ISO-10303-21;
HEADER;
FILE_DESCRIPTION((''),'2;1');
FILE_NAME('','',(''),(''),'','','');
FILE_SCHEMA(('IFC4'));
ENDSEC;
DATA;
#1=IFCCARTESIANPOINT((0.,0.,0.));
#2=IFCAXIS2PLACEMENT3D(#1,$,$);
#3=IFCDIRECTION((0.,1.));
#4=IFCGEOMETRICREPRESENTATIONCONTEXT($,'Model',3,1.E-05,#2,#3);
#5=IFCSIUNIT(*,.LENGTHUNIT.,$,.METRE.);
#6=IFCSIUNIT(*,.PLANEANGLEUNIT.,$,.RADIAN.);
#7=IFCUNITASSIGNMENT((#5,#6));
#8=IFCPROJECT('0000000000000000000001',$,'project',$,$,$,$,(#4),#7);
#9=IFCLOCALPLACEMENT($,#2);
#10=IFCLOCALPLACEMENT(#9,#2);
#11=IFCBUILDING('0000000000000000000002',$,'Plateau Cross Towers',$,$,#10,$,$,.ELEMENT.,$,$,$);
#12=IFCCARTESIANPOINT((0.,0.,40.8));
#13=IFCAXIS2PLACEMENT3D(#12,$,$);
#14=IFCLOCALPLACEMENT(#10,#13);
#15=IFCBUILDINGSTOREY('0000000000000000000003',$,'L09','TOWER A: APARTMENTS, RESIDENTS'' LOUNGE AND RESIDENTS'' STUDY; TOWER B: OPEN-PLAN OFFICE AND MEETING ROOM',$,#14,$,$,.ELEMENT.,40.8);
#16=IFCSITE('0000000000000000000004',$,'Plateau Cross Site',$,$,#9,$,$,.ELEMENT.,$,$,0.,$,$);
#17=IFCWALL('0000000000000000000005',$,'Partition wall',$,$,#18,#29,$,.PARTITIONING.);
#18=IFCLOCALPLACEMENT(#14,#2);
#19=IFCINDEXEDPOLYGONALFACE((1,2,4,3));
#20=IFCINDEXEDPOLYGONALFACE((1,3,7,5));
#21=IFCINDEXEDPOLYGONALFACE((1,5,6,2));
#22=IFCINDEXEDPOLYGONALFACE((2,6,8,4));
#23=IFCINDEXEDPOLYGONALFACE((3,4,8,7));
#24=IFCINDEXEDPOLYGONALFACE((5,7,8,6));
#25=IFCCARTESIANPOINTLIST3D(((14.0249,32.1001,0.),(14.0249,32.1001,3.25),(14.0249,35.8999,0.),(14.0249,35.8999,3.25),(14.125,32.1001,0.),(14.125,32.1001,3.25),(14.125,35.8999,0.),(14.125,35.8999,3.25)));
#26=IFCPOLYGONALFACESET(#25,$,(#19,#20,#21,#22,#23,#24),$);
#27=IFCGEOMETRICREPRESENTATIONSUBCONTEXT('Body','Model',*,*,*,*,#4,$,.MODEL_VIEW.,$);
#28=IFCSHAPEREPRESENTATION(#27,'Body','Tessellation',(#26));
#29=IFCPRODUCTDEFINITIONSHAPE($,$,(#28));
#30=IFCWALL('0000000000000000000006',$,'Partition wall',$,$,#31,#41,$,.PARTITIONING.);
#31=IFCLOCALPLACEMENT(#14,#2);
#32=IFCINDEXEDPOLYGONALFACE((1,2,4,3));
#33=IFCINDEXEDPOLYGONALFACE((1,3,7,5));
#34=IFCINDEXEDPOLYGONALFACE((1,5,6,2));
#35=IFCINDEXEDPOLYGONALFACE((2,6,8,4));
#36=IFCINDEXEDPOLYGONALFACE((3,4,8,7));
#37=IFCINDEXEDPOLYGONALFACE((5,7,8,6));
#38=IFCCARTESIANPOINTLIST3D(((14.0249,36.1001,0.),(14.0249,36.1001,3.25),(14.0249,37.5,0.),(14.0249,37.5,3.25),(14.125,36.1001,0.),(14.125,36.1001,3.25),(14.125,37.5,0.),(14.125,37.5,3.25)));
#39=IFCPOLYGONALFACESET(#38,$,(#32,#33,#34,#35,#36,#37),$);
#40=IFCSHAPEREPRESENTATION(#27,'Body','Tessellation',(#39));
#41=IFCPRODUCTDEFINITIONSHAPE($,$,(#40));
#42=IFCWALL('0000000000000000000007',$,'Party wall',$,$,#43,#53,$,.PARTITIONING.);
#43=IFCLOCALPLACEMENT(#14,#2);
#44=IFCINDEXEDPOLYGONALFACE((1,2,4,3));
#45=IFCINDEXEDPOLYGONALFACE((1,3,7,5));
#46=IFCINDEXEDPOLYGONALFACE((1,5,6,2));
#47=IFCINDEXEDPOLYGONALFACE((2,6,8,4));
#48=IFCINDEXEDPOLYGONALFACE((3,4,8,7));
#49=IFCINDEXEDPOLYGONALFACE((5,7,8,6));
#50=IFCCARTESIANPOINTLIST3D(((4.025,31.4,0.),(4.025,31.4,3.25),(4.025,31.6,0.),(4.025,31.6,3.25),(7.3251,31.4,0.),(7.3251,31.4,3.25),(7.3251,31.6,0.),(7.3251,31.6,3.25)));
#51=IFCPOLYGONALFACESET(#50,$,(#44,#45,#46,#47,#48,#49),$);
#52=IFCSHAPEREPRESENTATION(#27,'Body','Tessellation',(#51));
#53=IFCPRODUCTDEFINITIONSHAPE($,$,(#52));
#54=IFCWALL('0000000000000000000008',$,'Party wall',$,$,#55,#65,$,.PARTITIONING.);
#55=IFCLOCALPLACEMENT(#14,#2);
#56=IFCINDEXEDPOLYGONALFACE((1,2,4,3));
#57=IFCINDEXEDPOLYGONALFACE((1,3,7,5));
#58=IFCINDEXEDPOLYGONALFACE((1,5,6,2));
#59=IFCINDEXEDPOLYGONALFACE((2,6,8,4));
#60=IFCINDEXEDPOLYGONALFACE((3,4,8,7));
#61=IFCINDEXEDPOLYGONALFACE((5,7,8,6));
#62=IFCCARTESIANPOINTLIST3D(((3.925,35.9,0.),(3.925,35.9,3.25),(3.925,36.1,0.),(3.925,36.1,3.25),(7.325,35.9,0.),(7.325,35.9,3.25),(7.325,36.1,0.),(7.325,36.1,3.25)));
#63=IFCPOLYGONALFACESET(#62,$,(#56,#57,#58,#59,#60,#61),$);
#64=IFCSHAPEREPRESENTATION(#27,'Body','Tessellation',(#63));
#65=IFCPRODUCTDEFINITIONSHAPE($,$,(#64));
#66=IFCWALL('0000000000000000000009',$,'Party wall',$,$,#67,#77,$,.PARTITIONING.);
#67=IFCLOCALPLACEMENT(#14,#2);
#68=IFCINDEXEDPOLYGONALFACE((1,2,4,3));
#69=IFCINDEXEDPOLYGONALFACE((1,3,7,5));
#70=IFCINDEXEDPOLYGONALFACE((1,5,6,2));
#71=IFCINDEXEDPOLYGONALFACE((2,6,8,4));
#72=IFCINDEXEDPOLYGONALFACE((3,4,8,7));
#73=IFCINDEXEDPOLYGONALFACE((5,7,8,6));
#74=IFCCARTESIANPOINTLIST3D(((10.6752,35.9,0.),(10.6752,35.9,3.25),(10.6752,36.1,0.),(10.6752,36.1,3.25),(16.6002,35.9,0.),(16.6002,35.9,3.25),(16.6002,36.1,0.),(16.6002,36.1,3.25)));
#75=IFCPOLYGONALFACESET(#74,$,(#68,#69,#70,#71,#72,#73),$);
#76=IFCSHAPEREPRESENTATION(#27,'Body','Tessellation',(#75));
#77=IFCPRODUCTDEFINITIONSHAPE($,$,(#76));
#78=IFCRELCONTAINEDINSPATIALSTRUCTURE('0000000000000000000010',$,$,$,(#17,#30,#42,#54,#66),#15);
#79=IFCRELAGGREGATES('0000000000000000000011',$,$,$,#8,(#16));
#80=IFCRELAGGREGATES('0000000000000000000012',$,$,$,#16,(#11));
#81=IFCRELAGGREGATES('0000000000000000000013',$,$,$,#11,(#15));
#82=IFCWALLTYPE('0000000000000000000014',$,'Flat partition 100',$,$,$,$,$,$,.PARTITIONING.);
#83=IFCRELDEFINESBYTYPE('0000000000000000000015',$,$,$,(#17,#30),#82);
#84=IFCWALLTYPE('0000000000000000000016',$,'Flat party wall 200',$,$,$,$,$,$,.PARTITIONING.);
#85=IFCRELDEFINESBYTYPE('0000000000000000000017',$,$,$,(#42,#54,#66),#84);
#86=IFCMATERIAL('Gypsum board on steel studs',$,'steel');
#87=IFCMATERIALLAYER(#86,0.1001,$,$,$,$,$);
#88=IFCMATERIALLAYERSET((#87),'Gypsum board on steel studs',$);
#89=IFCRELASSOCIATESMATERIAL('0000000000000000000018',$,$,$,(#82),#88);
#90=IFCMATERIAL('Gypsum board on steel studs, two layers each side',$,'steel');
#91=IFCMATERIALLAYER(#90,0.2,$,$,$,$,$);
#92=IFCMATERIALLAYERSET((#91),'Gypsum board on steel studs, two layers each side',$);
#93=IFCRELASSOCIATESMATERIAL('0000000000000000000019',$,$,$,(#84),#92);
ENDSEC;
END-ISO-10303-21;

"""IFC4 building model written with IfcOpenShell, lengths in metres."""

from ifc_helpers import new_model, si_unit, direction, frame, frame_2d, origin, place, context, subcontext, project, spatial, rectangle, extrude, material, layer, layer_set, type_object, element, save


model = new_model("IFC4")

# Units and contexts
model_context = context("Model", 3, precision=1e-05, world=origin(), true_north=direction((0.0, 1.0)))
body_context = subcontext(model_context, "Body", "Model", "MODEL_VIEW")
ifc_project = project(units=[si_unit("LENGTHUNIT", "METRE"), si_unit("PLANEANGLEUNIT", "RADIAN")], contexts=[model_context])

# Site, building, storey
site_placement = place(None, origin())
site = spatial("IfcSite", under=ifc_project, at=site_placement, Name="Plateau Cross Site", CompositionType="ELEMENT", RefElevation=0.0)
building_placement = place(site_placement, origin())
building = spatial("IfcBuilding", under=site, at=building_placement, Name="Plateau Cross Towers", CompositionType="ELEMENT")
storey_placement = place(building_placement, frame((0.0, 0.0, 40.8)))
storey = spatial("IfcBuildingStorey", under=building, at=storey_placement, Name="L09", Description="TOWER A: APARTMENTS, RESIDENTS' LOUNGE AND RESIDENTS' STUDY; TOWER B: OPEN-PLAN OFFICE AND MEETING ROOM", CompositionType="ELEMENT", Elevation=40.8)

# Shared definitions
ifc_material_1 = material(Name="Gypsum board on steel studs", Category="steel")
ifc_layer_1 = layer(ifc_material_1, 0.1001)
ifc_layer_set_1 = layer_set([ifc_layer_1], Name="Gypsum board on steel studs")
wall_type_1 = type_object("IfcWallType", Name="Flat partition 100", PredefinedType="PARTITIONING", material=ifc_layer_set_1)

# Walls
wall_1_placement = place(storey_placement, frame((14.075, 32.1001, 0.0), z_axis=(0.0, 0.0, 1.0), x_axis=(0.0, 1.0, 0.0)))
element("IfcWall", 1, at=wall_1_placement, inside=storey, type_object=wall_type_1, Name="Partition wall", PredefinedType="PARTITIONING", context=body_context, shape_type="SweptSolid", body=[
    extrude(rectangle(XDim=3.7998, YDim=0.1001, at=frame_2d((1.8999, 0.0))), origin(), (0.0, 0.0, 1.0), 3.25),
])
wall_2_placement = place(storey_placement, frame((14.075, 36.1001, 0.0), z_axis=(0.0, 0.0, 1.0), x_axis=(0.0, 1.0, 0.0)))
element("IfcWall", 2, at=wall_2_placement, inside=storey, type_object=wall_type_1, Name="Partition wall", PredefinedType="PARTITIONING", context=body_context, shape_type="SweptSolid", body=[
    extrude(rectangle(XDim=1.3999, YDim=0.1001, at=frame_2d((0.7, 0.0))), origin(), (0.0, 0.0, 1.0), 3.25),
])
ifc_material_2 = material(Name="Gypsum board on steel studs, two layers each side", Category="steel")
ifc_layer_2 = layer(ifc_material_2, 0.2)
ifc_layer_set_2 = layer_set([ifc_layer_2], Name="Gypsum board on steel studs, two layers each side")
wall_type_2 = type_object("IfcWallType", Name="Flat party wall 200", PredefinedType="PARTITIONING", material=ifc_layer_set_2)
wall_3_placement = place(storey_placement, frame((7.325, 31.5, 0.0), z_axis=(0.0, 0.0, 1.0), x_axis=(-1.0, 0.0, 0.0)))
element("IfcWall", 3, at=wall_3_placement, inside=storey, type_object=wall_type_2, Name="Party wall", PredefinedType="PARTITIONING", context=body_context, shape_type="SweptSolid", body=[
    extrude(rectangle(XDim=3.3, YDim=0.2, at=frame_2d((1.6499, 0.0))), origin(), (0.0, 0.0, 1.0), 3.25),
])
wall_4_placement = place(storey_placement, frame((7.325, 36.0, 0.0), z_axis=(0.0, 0.0, 1.0), x_axis=(-1.0, 0.0, 0.0)))
element("IfcWall", 4, at=wall_4_placement, inside=storey, type_object=wall_type_2, Name="Party wall", PredefinedType="PARTITIONING", context=body_context, shape_type="SweptSolid", body=[
    extrude(rectangle(XDim=3.3999, YDim=0.2, at=frame_2d((1.7, 0.0))), origin(), (0.0, 0.0, 1.0), 3.25),
])
wall_5_placement = place(storey_placement, frame((16.6001, 36.0, 0.0), z_axis=(0.0, 0.0, 1.0), x_axis=(-1.0, 0.0, 0.0)))
element("IfcWall", 5, at=wall_5_placement, inside=storey, type_object=wall_type_2, Name="Party wall", PredefinedType="PARTITIONING", context=body_context, shape_type="SweptSolid", body=[
    extrude(rectangle(XDim=5.925, YDim=0.2, at=frame_2d((2.9624, 0.0))), origin(), (0.0, 0.0, 1.0), 3.25),
])

save(model, "model.ifc")
